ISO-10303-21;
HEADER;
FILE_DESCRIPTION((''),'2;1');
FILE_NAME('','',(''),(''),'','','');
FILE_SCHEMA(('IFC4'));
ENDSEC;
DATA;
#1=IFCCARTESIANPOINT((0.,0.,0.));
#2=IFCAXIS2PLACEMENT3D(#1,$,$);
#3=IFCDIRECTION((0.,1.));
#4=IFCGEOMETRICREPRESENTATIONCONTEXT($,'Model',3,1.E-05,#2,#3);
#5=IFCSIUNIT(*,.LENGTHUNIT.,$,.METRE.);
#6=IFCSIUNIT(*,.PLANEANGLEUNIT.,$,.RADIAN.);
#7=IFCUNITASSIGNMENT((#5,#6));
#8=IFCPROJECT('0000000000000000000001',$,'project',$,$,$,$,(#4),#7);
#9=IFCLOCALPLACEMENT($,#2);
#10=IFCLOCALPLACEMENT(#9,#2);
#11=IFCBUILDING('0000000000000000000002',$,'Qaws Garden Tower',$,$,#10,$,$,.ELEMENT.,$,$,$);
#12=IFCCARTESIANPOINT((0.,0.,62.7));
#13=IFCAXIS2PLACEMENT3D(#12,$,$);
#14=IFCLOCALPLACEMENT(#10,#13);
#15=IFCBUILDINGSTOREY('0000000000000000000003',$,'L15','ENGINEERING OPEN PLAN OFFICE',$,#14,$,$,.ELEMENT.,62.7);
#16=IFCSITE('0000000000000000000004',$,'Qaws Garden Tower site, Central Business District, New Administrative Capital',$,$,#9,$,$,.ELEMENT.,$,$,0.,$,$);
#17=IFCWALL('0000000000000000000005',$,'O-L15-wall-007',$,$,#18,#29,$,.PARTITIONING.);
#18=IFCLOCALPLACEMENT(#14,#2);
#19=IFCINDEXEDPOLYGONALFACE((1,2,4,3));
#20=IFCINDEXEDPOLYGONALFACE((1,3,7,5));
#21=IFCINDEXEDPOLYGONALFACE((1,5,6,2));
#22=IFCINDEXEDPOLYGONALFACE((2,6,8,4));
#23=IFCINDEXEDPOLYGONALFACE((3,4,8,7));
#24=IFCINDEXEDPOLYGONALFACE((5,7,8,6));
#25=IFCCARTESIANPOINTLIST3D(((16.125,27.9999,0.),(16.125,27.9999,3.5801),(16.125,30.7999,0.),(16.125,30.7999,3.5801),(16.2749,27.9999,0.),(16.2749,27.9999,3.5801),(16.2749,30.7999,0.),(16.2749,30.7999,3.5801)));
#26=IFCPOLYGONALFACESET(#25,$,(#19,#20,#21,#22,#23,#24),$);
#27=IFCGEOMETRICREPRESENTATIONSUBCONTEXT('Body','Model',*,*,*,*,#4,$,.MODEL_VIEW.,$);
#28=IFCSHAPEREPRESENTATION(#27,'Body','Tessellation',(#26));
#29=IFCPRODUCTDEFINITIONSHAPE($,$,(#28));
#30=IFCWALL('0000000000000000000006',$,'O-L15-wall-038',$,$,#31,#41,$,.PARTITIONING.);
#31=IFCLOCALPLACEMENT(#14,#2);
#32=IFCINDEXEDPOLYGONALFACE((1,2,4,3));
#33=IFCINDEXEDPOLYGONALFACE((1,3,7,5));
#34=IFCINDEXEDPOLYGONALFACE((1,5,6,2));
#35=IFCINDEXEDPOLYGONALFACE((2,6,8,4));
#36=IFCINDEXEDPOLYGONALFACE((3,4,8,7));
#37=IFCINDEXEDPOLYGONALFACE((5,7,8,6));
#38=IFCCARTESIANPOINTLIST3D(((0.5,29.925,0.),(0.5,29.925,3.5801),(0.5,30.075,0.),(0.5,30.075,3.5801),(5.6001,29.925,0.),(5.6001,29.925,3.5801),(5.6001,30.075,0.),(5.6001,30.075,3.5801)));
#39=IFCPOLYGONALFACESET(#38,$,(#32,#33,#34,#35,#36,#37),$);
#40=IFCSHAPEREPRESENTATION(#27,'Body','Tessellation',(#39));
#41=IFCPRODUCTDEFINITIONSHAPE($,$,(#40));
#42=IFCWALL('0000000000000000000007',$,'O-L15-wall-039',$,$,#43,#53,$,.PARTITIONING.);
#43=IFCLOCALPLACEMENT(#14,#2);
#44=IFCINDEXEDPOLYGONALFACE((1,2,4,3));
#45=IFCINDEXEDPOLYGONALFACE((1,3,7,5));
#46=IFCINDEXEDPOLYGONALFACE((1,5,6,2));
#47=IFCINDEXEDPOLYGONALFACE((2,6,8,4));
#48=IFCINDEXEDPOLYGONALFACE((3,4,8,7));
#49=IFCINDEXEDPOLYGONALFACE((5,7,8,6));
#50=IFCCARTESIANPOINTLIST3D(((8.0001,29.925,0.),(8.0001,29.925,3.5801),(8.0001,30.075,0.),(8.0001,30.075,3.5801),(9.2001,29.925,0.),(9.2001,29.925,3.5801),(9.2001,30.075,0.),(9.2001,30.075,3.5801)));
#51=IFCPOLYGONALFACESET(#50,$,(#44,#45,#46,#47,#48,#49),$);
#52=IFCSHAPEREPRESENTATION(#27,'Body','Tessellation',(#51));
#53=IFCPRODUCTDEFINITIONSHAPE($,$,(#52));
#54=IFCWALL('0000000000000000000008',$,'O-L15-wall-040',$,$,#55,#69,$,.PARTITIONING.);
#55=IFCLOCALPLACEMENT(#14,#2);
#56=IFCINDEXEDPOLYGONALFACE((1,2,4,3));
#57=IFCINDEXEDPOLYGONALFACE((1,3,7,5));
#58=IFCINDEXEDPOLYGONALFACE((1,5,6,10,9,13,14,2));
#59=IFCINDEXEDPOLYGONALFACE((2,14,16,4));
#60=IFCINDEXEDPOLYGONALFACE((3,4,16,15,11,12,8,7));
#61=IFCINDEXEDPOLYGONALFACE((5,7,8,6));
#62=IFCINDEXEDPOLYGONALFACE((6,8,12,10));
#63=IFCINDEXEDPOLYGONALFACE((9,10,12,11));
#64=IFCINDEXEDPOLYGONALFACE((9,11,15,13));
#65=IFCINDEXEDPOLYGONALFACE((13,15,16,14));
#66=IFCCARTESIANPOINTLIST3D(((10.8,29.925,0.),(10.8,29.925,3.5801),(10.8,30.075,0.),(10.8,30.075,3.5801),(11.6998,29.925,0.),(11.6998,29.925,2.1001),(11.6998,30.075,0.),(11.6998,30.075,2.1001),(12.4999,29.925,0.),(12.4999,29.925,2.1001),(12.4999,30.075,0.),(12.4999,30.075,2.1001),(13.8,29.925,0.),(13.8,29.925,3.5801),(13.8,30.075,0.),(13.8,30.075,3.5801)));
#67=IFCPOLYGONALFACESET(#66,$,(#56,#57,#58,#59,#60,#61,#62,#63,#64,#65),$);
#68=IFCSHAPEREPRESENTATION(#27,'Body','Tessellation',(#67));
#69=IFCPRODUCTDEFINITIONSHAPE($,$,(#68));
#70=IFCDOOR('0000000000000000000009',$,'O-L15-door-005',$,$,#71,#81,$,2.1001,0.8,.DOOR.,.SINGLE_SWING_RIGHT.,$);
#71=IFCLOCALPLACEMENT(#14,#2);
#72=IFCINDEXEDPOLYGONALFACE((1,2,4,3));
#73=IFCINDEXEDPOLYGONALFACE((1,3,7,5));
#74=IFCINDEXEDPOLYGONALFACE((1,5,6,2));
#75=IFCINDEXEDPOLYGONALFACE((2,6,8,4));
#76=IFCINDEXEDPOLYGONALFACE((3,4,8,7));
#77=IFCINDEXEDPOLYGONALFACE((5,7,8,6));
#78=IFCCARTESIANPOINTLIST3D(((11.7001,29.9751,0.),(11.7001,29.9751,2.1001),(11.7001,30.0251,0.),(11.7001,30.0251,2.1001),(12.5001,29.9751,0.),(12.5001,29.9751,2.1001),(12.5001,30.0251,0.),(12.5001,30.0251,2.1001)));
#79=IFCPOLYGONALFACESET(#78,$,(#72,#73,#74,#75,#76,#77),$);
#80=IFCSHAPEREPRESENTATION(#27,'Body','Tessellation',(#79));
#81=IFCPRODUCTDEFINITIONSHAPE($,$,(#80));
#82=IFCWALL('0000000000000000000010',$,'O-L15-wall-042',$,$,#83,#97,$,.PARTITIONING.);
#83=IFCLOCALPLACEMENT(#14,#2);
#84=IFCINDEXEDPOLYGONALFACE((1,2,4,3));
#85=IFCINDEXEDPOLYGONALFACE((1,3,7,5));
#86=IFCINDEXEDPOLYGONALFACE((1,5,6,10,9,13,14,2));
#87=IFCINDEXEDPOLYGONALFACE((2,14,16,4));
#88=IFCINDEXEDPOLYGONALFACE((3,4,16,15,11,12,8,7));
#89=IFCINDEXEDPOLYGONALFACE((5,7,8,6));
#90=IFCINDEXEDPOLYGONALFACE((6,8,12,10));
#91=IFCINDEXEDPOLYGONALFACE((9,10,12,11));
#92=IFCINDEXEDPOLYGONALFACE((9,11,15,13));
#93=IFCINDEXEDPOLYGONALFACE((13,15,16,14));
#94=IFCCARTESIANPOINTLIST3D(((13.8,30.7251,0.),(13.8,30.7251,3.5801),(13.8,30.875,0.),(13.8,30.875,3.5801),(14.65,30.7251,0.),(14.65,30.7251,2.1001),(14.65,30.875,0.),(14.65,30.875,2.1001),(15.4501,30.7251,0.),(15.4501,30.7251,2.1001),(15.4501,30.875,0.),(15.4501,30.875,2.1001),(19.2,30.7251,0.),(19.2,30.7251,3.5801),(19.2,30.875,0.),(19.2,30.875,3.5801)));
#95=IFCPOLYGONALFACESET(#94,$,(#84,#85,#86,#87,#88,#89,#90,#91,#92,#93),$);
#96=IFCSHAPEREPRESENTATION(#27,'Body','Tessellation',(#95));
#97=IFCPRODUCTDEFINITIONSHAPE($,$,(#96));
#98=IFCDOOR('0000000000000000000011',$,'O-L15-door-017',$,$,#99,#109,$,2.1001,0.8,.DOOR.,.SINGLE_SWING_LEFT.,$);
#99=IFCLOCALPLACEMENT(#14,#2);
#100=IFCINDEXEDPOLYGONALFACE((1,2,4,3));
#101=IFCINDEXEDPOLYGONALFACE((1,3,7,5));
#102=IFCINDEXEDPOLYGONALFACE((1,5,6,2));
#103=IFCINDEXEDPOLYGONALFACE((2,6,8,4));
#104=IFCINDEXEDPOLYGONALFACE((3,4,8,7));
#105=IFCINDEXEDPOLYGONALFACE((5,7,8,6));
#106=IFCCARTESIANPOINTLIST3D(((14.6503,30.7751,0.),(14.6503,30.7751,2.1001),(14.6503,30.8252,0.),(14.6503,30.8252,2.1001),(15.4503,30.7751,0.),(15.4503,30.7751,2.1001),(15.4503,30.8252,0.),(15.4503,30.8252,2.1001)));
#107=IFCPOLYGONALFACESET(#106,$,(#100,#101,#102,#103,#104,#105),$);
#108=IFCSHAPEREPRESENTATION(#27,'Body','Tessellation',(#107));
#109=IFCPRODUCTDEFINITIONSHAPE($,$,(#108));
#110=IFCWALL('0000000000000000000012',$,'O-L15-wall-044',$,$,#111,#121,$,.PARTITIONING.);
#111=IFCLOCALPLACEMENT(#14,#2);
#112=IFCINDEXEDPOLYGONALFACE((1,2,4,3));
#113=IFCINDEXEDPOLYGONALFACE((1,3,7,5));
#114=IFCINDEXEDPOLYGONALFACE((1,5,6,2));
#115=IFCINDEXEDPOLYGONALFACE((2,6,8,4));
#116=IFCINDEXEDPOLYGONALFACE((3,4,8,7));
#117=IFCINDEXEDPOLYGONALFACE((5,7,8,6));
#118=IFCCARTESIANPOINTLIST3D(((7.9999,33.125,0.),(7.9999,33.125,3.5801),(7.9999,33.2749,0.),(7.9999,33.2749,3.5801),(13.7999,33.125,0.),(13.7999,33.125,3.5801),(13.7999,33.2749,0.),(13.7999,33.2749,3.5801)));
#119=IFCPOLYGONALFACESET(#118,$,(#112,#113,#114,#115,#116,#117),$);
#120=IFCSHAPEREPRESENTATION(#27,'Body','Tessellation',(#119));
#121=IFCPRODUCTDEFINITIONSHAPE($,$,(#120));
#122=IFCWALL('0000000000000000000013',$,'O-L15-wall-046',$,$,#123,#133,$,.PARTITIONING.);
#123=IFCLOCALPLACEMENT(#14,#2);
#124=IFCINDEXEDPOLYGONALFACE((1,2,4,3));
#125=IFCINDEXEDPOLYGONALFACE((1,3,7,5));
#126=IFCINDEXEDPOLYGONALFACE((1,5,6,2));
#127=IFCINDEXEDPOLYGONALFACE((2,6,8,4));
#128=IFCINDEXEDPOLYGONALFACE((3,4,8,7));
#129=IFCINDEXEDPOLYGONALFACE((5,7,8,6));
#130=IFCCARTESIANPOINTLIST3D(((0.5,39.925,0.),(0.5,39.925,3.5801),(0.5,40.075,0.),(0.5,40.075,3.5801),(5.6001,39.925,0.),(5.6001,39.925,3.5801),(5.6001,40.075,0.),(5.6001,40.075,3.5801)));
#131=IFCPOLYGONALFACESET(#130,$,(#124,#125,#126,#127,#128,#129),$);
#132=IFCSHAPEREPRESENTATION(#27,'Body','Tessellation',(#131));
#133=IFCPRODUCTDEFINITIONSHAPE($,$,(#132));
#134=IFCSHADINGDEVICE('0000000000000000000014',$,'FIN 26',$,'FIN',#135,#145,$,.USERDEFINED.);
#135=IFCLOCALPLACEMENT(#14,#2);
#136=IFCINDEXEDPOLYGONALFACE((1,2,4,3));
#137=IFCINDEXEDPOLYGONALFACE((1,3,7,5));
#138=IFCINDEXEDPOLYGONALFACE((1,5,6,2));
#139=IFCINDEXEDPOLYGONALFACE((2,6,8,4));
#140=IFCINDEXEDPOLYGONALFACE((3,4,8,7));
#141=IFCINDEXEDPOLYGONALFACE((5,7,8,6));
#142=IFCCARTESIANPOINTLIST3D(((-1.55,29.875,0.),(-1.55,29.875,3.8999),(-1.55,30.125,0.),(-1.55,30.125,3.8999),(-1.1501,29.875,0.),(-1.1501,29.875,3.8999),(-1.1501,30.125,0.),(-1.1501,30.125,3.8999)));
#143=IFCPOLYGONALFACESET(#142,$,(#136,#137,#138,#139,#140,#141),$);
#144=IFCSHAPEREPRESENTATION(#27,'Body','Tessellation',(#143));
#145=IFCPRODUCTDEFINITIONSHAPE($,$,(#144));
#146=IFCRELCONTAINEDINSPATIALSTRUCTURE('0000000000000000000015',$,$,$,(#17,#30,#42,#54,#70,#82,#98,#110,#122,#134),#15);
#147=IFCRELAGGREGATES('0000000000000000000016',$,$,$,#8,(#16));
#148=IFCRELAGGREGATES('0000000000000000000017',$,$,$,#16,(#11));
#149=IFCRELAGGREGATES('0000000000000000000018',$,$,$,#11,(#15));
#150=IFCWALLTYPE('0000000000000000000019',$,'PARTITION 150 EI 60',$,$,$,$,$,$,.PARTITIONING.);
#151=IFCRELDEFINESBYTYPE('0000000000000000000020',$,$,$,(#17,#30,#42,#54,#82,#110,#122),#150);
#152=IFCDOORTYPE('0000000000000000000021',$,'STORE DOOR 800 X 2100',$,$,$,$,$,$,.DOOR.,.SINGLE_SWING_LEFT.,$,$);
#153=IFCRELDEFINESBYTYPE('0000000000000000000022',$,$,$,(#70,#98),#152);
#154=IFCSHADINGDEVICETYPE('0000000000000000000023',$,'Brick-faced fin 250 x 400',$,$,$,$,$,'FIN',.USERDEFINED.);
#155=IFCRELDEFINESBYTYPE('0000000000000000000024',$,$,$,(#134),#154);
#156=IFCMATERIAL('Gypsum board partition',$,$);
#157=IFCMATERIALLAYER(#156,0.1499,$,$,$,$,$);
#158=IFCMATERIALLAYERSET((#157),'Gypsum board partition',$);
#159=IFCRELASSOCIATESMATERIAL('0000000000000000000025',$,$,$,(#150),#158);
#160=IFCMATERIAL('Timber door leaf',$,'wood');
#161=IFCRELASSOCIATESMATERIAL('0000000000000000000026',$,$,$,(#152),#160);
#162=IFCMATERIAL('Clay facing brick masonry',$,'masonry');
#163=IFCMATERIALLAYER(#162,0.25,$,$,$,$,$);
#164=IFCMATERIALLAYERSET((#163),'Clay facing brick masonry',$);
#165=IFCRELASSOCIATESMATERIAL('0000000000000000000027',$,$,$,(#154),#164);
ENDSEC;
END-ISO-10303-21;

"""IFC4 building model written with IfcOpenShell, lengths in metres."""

from ifc_helpers import new_model, si_unit, direction, frame, frame_2d, origin, origin_2d, place, context, subcontext, project, spatial, rectangle, extrude, material, layer, layer_set, type_object, element, fill, save


model = new_model("IFC4")

# Units and contexts
model_context = context("Model", 3, precision=1e-05, world=origin(), true_north=direction((0.0, 1.0)))
body_context = subcontext(model_context, "Body", "Model", "MODEL_VIEW")
ifc_project = project(units=[si_unit("LENGTHUNIT", "METRE"), si_unit("PLANEANGLEUNIT", "RADIAN")], contexts=[model_context])

# Site, building, storey
site_placement = place(None, origin())
site = spatial("IfcSite", under=ifc_project, at=site_placement, Name="Qaws Garden Tower site, Central Business District, New Administrative Capital", CompositionType="ELEMENT", RefElevation=0.0)
building_placement = place(site_placement, origin())
building = spatial("IfcBuilding", under=site, at=building_placement, Name="Qaws Garden Tower", CompositionType="ELEMENT")
storey_placement = place(building_placement, frame((0.0, 0.0, 62.7)))
storey = spatial("IfcBuildingStorey", under=building, at=storey_placement, Name="L15", Description="ENGINEERING OPEN PLAN OFFICE", CompositionType="ELEMENT", Elevation=62.7)

# Shared definitions
ifc_material_1 = material(Name="Gypsum board partition")
ifc_layer_1 = layer(ifc_material_1, 0.1499)
ifc_layer_set_1 = layer_set([ifc_layer_1], Name="Gypsum board partition")
wall_type_1 = type_object("IfcWallType", Name="PARTITION 150 EI 60", PredefinedType="PARTITIONING", material=ifc_layer_set_1)

# Walls
wall_1_placement = place(storey_placement, frame((16.2, 28.0, 0.0), z_axis=(0.0, 0.0, 1.0), x_axis=(0.0, 1.0, 0.0)))
element("IfcWall", 1, at=wall_1_placement, inside=storey, type_object=wall_type_1, Name="O-L15-wall-007", PredefinedType="PARTITIONING", context=body_context, shape_type="SweptSolid", body=[
    extrude(rectangle(XDim=2.8, YDim=0.1499, at=frame_2d((1.3999, 0.0))), origin(), (0.0, 0.0, 1.0), 3.5801),
])
wall_2_placement = place(storey_placement, frame((0.5, 30.0, 0.0), z_axis=(0.0, 0.0, 1.0), x_axis=(1.0, 0.0, 0.0)))
element("IfcWall", 2, at=wall_2_placement, inside=storey, type_object=wall_type_1, Name="O-L15-wall-038", PredefinedType="PARTITIONING", context=body_context, shape_type="SweptSolid", body=[
    extrude(rectangle(XDim=5.1001, YDim=0.1499, at=frame_2d((2.55, 0.0))), origin(), (0.0, 0.0, 1.0), 3.5801),
])
wall_3_placement = place(storey_placement, frame((8.0, 30.0, 0.0), z_axis=(0.0, 0.0, 1.0), x_axis=(1.0, 0.0, 0.0)))
element("IfcWall", 3, at=wall_3_placement, inside=storey, type_object=wall_type_1, Name="O-L15-wall-039", PredefinedType="PARTITIONING", context=body_context, shape_type="SweptSolid", body=[
    extrude(rectangle(XDim=1.2, YDim=0.1499, at=frame_2d((0.6001, 0.0))), origin(), (0.0, 0.0, 1.0), 3.5801),
])

# Walls, openings, doors
wall_4_placement = place(storey_placement, frame((10.8, 30.0, 0.0), z_axis=(0.0, 0.0, 1.0), x_axis=(1.0, 0.0, 0.0)))
wall_4 = element("IfcWall", 4, at=wall_4_placement, inside=storey, type_object=wall_type_1, Name="O-L15-wall-040", PredefinedType="PARTITIONING", context=body_context, shape_type="SweptSolid", body=[
    extrude(rectangle(XDim=3.0, YDim=0.1499, at=frame_2d((1.5, 0.0))), origin(), (0.0, 0.0, 1.0), 3.5801),
])
opening_1_placement = place(wall_4_placement, frame((0.8999, 0.0, 0.0)))
opening_1 = element("IfcOpeningElement", 5, at=opening_1_placement, cuts=wall_4, PredefinedType="OPENING", context=body_context, shape_type="SweptSolid", body=[
    extrude(rectangle(XDim=0.8, YDim=2.1001, at=frame_2d((0.3999, 1.05))), frame((0.0, 0.085, 0.0), z_axis=(0.0, -1.0, 0.0), x_axis=(1.0, 0.0, 0.0)), (0.0, 0.0, 1.0), 0.1699),
])
ifc_material_2 = material(Name="Timber door leaf", Category="wood")
door_type_1 = type_object("IfcDoorType", Name="STORE DOOR 800 X 2100", OperationType="SINGLE_SWING_LEFT", PredefinedType="DOOR", material=ifc_material_2)
door_1_placement = place(opening_1_placement, frame((0.8, 0.0, 0.0), z_axis=(0.0, 0.0, 1.0), x_axis=(-1.0, 0.0, 0.0)))
door_1 = element("IfcDoor", 6, at=door_1_placement, inside=storey, type_object=door_type_1, Name="O-L15-door-005", OperationType="SINGLE_SWING_RIGHT", OverallHeight=2.1001, OverallWidth=0.8, PredefinedType="DOOR", context=body_context, shape_type="SweptSolid", body=[
    extrude(rectangle(XDim=0.8, YDim=2.1001, at=frame_2d((0.3999, 1.05))), frame((0.0, 0.0249, 0.0), z_axis=(0.0, -1.0, 0.0), x_axis=(1.0, 0.0, 0.0)), (0.0, 0.0, 1.0), 0.05),
])
fill(opening_1, door_1)
wall_5_placement = place(storey_placement, frame((13.8, 30.8, 0.0), z_axis=(0.0, 0.0, 1.0), x_axis=(1.0, 0.0, 0.0)))
wall_5 = element("IfcWall", 7, at=wall_5_placement, inside=storey, type_object=wall_type_1, Name="O-L15-wall-042", PredefinedType="PARTITIONING", context=body_context, shape_type="SweptSolid", body=[
    extrude(rectangle(XDim=5.3999, YDim=0.1499, at=frame_2d((2.7, 0.0))), origin(), (0.0, 0.0, 1.0), 3.5801),
])
opening_2_placement = place(wall_5_placement, frame((0.8501, 0.0, 0.0)))
opening_2 = element("IfcOpeningElement", 8, at=opening_2_placement, cuts=wall_5, PredefinedType="OPENING", context=body_context, shape_type="SweptSolid", body=[
    extrude(rectangle(XDim=0.8, YDim=2.1001, at=frame_2d((0.3999, 1.05))), frame((0.0, 0.085, 0.0), z_axis=(0.0, -1.0, 0.0), x_axis=(1.0, 0.0, 0.0)), (0.0, 0.0, 1.0), 0.1699),
])
door_2_placement = place(opening_2_placement, frame((0.8, 0.0, 0.0), z_axis=(0.0, 0.0, 1.0), x_axis=(-1.0, 0.0, 0.0)))
door_2 = element("IfcDoor", 9, at=door_2_placement, inside=storey, type_object=door_type_1, Name="O-L15-door-017", OperationType="SINGLE_SWING_LEFT", OverallHeight=2.1001, OverallWidth=0.8, PredefinedType="DOOR", context=body_context, shape_type="SweptSolid", body=[
    extrude(rectangle(XDim=0.8, YDim=2.1001, at=frame_2d((0.3999, 1.05))), frame((0.0, 0.0249, 0.0), z_axis=(0.0, -1.0, 0.0), x_axis=(1.0, 0.0, 0.0)), (0.0, 0.0, 1.0), 0.05),
])
fill(opening_2, door_2)

# Walls
wall_6_placement = place(storey_placement, frame((8.0, 33.2, 0.0), z_axis=(0.0, 0.0, 1.0), x_axis=(1.0, 0.0, 0.0)))
element("IfcWall", 10, at=wall_6_placement, inside=storey, type_object=wall_type_1, Name="O-L15-wall-044", PredefinedType="PARTITIONING", context=body_context, shape_type="SweptSolid", body=[
    extrude(rectangle(XDim=5.8, YDim=0.1499, at=frame_2d((2.8999, 0.0))), origin(), (0.0, 0.0, 1.0), 3.5801),
])
wall_7_placement = place(storey_placement, frame((0.5, 40.0, 0.0), z_axis=(0.0, 0.0, 1.0), x_axis=(1.0, 0.0, 0.0)))
element("IfcWall", 11, at=wall_7_placement, inside=storey, type_object=wall_type_1, Name="O-L15-wall-046", PredefinedType="PARTITIONING", context=body_context, shape_type="SweptSolid", body=[
    extrude(rectangle(XDim=5.1001, YDim=0.1499, at=frame_2d((2.55, 0.0))), origin(), (0.0, 0.0, 1.0), 3.5801),
])

# Shading device
ifc_material_3 = material(Name="Clay facing brick masonry", Category="masonry")
ifc_layer_2 = layer(ifc_material_3, 0.25)
ifc_layer_set_2 = layer_set([ifc_layer_2], Name="Clay facing brick masonry")
shading_device_type = type_object("IfcShadingDeviceType", Name="Brick-faced fin 250 x 400", ElementType="FIN", PredefinedType="USERDEFINED", material=ifc_layer_set_2)
shading_device_placement = place(storey_placement, frame((-1.3501, 30.0, 0.0), z_axis=(0.0, 0.0, 1.0), x_axis=(0.0, -1.0, 0.0)))
element("IfcShadingDevice", 12, at=shading_device_placement, inside=storey, type_object=shading_device_type, Name="FIN 26", ObjectType="FIN", PredefinedType="USERDEFINED", context=body_context, shape_type="SweptSolid", body=[
    extrude(rectangle(XDim=0.25, YDim=0.3999, at=origin_2d()), origin(), (0.0, 0.0, 1.0), 3.8999),
])

save(model, "model.ifc")
